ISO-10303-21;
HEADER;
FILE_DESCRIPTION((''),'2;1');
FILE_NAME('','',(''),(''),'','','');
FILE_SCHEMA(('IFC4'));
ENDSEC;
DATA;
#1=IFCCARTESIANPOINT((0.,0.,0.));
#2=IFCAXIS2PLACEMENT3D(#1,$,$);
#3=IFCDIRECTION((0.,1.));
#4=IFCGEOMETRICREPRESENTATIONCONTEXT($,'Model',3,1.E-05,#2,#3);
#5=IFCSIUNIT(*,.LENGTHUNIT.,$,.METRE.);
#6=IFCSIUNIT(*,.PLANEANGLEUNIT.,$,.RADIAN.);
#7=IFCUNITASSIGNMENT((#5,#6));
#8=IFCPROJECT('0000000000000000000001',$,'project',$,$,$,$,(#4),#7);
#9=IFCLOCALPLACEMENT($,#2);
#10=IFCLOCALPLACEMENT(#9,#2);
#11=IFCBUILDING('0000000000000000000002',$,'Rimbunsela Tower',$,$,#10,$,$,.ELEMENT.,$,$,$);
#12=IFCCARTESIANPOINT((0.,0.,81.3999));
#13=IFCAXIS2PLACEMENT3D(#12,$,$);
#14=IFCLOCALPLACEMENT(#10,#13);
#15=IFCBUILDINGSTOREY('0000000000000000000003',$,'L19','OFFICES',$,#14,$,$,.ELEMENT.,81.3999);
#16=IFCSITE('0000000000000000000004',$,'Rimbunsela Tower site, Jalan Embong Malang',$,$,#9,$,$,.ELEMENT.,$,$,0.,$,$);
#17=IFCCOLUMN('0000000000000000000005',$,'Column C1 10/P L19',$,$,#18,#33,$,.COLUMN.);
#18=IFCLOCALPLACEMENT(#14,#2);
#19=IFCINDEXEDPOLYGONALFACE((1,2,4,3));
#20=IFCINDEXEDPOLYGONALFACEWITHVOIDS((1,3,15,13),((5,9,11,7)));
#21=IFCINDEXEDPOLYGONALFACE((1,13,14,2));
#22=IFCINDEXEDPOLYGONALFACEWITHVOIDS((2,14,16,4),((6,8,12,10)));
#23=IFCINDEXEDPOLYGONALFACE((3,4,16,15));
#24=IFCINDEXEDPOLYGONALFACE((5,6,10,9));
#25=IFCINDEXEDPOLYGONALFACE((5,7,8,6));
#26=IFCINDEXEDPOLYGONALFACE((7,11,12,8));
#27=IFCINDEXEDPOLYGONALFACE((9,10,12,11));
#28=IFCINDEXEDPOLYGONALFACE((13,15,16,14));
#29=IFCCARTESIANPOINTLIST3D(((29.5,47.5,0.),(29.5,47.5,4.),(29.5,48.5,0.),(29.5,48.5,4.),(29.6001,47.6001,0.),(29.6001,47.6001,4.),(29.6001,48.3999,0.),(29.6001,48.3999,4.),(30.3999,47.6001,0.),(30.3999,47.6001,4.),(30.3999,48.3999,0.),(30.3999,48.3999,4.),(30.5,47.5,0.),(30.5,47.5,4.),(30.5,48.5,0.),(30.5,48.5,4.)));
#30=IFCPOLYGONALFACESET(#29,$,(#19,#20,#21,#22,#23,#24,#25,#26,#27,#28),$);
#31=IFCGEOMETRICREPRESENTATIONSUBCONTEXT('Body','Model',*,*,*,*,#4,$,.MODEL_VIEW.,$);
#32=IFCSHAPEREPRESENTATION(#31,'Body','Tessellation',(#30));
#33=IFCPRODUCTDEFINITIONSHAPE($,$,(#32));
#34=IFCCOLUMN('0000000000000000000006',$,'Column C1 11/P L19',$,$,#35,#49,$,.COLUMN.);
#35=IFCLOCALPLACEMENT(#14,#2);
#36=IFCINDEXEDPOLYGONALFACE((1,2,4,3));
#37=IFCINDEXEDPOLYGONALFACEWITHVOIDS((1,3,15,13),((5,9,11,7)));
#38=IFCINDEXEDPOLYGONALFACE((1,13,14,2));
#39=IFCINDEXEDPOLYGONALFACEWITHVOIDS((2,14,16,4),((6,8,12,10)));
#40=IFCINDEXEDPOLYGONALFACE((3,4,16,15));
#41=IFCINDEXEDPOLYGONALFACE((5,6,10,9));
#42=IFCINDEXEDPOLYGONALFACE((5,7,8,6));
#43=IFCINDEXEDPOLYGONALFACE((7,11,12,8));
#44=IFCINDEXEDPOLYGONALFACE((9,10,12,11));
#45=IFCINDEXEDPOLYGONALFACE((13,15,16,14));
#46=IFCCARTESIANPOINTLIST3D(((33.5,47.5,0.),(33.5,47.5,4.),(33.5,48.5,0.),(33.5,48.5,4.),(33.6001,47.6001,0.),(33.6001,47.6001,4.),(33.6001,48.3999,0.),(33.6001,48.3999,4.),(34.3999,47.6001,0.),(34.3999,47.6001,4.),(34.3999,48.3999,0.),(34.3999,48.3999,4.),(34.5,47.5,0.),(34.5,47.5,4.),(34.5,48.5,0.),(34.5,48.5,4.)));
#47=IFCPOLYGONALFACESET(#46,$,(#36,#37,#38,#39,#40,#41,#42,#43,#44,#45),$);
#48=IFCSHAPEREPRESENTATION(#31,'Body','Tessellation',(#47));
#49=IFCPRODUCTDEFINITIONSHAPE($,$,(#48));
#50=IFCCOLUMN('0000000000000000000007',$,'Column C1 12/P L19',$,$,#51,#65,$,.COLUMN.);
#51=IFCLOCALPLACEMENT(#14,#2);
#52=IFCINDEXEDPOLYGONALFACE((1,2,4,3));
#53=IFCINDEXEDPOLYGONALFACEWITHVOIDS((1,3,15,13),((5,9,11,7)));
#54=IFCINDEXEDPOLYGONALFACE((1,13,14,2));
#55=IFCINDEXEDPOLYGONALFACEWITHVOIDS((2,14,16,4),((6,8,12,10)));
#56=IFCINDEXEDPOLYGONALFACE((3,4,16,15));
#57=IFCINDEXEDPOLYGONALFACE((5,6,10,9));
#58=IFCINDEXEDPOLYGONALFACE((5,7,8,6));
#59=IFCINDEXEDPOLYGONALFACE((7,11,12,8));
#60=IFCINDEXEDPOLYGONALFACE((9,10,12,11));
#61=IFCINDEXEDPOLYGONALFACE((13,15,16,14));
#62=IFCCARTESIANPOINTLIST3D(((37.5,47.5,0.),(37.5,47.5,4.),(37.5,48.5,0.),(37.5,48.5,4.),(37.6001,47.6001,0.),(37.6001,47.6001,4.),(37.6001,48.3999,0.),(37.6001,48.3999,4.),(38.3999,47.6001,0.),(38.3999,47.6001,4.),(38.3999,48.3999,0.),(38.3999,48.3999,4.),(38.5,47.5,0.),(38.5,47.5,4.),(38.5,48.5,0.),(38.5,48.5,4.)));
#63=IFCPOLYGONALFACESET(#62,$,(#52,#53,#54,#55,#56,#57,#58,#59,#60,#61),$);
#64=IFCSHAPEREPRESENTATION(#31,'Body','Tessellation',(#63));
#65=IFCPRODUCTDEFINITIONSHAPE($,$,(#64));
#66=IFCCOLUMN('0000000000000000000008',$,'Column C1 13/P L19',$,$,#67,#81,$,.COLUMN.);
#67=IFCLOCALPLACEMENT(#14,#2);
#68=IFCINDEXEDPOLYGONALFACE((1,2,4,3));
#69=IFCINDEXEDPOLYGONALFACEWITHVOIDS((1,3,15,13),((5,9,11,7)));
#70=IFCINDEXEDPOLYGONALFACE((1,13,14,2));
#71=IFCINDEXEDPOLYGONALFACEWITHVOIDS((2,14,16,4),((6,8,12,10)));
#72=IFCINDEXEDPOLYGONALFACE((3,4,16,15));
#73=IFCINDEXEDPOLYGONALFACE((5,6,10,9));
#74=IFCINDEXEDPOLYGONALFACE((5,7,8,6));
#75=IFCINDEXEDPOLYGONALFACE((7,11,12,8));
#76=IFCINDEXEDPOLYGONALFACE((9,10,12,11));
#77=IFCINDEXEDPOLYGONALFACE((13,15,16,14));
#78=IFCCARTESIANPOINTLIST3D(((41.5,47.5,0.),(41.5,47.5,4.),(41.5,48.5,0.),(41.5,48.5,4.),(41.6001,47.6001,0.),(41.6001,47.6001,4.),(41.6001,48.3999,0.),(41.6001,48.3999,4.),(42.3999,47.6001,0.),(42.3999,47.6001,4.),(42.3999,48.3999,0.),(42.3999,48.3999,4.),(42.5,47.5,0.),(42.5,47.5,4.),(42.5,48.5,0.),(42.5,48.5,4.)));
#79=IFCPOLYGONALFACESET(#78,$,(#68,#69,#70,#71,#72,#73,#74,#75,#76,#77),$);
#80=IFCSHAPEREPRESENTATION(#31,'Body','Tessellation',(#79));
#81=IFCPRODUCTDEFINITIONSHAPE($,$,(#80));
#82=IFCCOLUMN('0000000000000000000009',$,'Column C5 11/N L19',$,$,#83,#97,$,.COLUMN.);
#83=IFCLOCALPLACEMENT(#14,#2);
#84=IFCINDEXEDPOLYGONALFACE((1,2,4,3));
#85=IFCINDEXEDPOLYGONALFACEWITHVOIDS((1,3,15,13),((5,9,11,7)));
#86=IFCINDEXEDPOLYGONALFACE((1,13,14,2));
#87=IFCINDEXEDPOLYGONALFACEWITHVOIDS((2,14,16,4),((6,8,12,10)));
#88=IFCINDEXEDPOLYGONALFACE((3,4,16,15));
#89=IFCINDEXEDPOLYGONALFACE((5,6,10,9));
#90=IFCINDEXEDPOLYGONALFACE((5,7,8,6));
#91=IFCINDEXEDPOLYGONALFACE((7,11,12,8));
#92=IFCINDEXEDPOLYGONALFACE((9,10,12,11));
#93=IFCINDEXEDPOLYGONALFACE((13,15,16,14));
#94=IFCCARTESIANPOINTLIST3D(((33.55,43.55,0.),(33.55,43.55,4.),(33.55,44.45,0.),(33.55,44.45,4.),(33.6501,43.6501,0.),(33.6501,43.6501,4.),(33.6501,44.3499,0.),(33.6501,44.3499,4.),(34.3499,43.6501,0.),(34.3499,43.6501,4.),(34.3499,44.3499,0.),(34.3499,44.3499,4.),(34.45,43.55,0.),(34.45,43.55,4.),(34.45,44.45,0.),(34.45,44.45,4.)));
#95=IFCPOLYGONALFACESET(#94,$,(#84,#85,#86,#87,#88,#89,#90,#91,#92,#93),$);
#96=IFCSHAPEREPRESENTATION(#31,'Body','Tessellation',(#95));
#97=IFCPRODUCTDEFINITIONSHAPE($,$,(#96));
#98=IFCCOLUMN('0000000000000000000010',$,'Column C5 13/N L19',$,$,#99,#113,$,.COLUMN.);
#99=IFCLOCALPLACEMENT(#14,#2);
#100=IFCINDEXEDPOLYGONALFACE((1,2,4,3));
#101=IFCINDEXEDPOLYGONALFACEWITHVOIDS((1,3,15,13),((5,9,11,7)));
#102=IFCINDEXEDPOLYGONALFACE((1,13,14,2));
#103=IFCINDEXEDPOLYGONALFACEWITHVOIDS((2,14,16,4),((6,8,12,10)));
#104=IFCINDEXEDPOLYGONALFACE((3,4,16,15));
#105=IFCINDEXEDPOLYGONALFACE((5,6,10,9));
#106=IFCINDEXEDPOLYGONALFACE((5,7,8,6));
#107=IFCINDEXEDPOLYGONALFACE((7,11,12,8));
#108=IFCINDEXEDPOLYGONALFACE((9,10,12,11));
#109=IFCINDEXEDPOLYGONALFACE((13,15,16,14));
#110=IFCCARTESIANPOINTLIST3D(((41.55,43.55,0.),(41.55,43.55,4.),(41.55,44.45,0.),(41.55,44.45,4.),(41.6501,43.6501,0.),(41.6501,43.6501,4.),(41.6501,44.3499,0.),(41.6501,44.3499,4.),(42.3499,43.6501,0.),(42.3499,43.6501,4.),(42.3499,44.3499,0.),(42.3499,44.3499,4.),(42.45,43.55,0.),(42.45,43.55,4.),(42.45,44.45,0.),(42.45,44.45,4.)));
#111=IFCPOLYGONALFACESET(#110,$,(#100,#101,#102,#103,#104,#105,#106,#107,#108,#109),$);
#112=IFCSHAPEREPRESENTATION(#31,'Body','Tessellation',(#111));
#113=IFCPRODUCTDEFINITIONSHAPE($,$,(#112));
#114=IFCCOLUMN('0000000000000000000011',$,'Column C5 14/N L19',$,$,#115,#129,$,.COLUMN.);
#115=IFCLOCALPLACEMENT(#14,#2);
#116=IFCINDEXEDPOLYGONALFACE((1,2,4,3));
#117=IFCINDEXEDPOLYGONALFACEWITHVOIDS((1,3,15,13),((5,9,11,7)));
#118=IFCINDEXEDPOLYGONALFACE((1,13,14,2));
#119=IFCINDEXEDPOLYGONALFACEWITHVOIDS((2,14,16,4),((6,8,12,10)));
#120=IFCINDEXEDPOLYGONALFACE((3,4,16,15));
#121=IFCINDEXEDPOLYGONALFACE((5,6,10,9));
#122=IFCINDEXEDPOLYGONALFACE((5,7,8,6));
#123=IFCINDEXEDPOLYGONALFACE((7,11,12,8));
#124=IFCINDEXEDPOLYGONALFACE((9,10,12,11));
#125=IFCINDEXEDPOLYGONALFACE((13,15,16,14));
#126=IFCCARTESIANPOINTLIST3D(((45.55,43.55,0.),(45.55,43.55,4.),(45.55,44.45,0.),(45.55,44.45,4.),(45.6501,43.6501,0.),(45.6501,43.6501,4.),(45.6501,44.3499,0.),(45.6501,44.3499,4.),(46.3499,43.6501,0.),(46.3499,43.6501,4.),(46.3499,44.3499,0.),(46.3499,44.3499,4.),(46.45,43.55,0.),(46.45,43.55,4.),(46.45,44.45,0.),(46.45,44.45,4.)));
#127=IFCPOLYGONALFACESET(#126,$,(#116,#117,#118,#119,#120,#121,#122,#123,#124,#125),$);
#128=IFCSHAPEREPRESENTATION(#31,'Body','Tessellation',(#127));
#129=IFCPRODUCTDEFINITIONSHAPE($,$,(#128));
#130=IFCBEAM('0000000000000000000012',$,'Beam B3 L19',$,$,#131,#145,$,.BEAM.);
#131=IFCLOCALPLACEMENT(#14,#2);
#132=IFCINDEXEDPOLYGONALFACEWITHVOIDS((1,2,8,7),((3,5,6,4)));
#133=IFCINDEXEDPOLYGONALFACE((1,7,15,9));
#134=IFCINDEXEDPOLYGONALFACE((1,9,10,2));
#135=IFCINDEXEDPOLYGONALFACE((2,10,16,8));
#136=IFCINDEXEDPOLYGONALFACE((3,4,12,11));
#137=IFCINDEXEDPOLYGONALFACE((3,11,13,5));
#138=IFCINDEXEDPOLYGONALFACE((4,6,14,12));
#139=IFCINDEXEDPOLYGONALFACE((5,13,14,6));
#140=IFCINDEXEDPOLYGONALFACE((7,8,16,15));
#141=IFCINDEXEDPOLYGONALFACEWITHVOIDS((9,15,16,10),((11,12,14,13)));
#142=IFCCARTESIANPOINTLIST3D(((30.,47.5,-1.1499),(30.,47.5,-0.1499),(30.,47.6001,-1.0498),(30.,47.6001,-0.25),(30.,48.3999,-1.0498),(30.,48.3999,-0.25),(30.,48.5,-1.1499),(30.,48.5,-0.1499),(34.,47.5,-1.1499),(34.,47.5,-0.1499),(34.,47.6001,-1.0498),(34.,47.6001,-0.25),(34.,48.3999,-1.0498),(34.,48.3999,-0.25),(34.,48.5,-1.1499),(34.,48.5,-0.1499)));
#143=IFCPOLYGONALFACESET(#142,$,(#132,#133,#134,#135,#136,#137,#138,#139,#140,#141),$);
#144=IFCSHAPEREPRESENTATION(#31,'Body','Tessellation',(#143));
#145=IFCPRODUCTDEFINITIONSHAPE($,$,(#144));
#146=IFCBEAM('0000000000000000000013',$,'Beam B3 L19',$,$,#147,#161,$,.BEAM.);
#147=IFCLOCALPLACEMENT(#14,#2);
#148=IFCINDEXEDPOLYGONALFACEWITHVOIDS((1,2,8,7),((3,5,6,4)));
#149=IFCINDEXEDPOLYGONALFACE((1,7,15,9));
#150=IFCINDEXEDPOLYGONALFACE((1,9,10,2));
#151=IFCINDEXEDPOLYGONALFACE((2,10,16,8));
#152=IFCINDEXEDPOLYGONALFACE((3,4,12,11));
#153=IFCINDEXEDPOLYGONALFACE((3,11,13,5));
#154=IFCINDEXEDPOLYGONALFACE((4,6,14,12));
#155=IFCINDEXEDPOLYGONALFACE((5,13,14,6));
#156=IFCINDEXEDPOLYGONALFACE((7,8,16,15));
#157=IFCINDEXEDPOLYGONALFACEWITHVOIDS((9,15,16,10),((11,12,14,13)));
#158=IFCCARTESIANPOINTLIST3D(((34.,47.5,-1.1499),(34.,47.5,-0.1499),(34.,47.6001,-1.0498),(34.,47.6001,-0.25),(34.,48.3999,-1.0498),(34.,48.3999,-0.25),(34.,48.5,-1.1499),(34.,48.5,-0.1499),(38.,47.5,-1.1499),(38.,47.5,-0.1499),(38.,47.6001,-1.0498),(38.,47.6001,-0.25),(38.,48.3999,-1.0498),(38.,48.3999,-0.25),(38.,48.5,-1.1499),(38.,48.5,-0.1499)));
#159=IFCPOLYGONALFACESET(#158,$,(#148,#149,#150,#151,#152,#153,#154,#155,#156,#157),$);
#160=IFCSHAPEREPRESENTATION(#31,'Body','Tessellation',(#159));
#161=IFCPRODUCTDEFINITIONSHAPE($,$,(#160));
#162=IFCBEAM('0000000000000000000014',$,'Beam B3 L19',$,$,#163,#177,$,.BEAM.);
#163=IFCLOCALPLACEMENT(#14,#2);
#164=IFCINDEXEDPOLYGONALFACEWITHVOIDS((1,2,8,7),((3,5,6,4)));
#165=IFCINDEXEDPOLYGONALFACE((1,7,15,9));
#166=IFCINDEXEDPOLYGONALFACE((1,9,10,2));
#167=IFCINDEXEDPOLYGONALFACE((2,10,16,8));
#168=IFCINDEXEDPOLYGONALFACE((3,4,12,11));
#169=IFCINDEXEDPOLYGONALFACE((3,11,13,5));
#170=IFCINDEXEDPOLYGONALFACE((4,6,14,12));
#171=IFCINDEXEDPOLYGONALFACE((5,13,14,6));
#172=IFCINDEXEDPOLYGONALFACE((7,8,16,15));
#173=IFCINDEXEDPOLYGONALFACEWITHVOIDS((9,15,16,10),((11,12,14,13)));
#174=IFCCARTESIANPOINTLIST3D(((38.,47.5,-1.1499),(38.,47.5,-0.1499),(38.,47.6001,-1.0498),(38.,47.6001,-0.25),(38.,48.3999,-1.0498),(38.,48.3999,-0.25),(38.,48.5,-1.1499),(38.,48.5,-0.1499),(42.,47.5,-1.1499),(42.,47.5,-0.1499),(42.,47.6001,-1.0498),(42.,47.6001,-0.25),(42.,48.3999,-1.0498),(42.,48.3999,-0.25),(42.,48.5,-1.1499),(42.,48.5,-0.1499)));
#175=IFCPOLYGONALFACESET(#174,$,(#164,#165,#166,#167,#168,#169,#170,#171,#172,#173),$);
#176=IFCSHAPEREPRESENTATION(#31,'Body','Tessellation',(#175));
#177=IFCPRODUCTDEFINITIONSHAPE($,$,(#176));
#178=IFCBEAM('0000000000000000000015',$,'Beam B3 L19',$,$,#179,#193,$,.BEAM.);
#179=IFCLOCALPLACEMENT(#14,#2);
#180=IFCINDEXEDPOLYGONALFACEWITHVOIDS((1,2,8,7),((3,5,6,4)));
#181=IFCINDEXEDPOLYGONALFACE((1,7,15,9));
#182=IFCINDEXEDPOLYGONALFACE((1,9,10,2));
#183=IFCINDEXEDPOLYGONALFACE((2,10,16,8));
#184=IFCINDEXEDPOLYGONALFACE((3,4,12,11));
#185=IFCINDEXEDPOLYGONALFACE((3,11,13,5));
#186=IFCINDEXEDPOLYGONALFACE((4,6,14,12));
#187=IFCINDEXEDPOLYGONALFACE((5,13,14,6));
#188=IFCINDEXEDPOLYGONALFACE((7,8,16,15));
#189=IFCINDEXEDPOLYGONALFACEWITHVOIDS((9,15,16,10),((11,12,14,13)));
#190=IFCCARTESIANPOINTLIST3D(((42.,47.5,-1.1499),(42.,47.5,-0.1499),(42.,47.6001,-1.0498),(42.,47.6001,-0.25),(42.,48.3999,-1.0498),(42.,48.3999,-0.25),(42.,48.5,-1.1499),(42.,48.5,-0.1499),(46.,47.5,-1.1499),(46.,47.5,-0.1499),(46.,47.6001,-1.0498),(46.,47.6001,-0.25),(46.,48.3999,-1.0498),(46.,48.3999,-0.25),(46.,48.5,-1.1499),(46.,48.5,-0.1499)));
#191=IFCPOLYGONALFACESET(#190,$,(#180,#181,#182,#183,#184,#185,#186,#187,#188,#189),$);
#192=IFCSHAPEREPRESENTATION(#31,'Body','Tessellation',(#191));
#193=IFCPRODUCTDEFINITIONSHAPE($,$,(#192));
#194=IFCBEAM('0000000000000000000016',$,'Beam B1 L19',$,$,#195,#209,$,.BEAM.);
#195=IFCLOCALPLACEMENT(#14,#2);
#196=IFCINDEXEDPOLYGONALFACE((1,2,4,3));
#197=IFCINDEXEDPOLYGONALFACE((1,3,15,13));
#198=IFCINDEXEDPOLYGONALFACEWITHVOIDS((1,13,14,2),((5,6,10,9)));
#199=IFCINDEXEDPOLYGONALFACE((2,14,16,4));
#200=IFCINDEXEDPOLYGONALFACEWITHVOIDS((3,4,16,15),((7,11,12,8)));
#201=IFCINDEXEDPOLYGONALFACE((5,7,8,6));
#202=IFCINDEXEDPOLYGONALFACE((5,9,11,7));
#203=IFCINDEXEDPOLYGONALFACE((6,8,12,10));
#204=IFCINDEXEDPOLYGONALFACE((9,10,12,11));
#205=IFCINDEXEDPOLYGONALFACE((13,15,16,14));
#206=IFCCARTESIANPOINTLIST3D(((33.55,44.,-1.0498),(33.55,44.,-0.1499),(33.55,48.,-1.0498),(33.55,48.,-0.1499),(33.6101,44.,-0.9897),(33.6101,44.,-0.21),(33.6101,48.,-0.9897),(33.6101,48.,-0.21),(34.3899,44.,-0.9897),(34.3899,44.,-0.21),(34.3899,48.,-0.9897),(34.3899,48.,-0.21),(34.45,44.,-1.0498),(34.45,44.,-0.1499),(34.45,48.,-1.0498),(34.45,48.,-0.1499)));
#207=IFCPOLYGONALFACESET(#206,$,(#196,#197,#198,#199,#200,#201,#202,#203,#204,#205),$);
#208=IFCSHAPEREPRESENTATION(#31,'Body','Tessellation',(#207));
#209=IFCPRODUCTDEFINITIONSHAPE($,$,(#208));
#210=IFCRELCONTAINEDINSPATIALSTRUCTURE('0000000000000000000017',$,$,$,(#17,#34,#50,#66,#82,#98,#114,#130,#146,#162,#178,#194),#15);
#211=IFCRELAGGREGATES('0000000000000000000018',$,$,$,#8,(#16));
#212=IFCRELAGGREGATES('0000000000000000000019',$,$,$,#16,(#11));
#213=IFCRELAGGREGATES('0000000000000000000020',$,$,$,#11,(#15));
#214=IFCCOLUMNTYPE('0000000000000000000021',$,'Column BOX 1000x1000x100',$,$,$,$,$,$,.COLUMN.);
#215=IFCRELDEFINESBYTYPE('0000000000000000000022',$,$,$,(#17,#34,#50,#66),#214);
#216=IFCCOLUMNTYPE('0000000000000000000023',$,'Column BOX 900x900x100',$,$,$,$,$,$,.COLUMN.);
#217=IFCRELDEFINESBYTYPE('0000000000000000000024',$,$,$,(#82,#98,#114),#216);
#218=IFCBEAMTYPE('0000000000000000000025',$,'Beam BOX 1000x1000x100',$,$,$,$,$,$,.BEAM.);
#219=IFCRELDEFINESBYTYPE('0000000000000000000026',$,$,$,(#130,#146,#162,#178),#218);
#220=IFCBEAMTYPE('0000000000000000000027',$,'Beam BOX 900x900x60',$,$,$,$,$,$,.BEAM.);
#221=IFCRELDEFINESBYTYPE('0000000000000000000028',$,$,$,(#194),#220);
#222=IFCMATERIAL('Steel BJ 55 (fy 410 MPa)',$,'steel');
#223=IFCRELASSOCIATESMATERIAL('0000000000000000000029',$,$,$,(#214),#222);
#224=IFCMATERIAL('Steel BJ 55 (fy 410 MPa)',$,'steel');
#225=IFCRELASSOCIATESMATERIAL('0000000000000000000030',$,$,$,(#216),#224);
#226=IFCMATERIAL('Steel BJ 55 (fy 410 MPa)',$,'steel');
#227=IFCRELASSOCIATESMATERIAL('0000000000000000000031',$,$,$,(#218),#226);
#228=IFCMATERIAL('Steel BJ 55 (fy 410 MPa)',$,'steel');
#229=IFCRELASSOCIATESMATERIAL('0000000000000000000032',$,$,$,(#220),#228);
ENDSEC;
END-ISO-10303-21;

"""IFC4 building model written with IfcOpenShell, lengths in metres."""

from ifc_helpers import new_model, si_unit, direction, frame, origin, origin_2d, place, context, subcontext, project, spatial, hollow_rectangle, extrude, material, material_profile, profile_set, type_object, element, save


model = new_model("IFC4")

# Units and contexts
model_context = context("Model", 3, precision=1e-05, world=origin(), true_north=direction((0.0, 1.0)))
body_context = subcontext(model_context, "Body", "Model", "MODEL_VIEW")
ifc_project = project(units=[si_unit("LENGTHUNIT", "METRE"), si_unit("PLANEANGLEUNIT", "RADIAN")], contexts=[model_context])

# Site, building, storey
site_placement = place(None, origin())
site = spatial("IfcSite", under=ifc_project, at=site_placement, Name="Rimbunsela Tower site, Jalan Embong Malang", CompositionType="ELEMENT", RefElevation=0.0)
building_placement = place(site_placement, origin())
building = spatial("IfcBuilding", under=site, at=building_placement, Name="Rimbunsela Tower", CompositionType="ELEMENT")
storey_placement = place(building_placement, frame((0.0, 0.0, 81.3999)))
storey = spatial("IfcBuildingStorey", under=building, at=storey_placement, Name="L19", Description="OFFICES", CompositionType="ELEMENT", Elevation=81.3999)

# Columns
ifc_material_1 = material(Name="Steel BJ 55 (fy 410 MPa)", Category="steel")
ifc_material_profile_1 = material_profile(ifc_material_1, hollow_rectangle(XDim=1.0, YDim=1.0, WallThickness=0.1001, at=origin_2d()), Name="BOX 1000x1000x100")
ifc_profile_set_1 = profile_set([ifc_material_profile_1], Name="Steel BJ 55 (fy 410 MPa)")
column_type_1 = type_object("IfcColumnType", Name="Column BOX 1000x1000x100", PredefinedType="COLUMN", material=ifc_profile_set_1)
for number, where, z_axis, x_axis, name in (
    (1, (30.0, 48.0, 0.0), (0.0, 0.0, 1.0), (1.0, 0.0, 0.0), "Column C1 10/P L19"),
    (2, (34.0, 48.0, 0.0), (0.0, 0.0, 1.0), (1.0, 0.0, 0.0), "Column C1 11/P L19"),
    (3, (38.0, 48.0, 0.0), (0.0, 0.0, 1.0), (1.0, 0.0, 0.0), "Column C1 12/P L19"),
    (4, (42.0, 48.0, 0.0), (0.0, 0.0, 1.0), (1.0, 0.0, 0.0), "Column C1 13/P L19"),
):
    element("IfcColumn", number, at=place(storey_placement, frame(where, z_axis=z_axis, x_axis=x_axis)), inside=storey, type_object=column_type_1, Name=name, PredefinedType="COLUMN", context=body_context, shape_type="SweptSolid", body=[
        extrude(hollow_rectangle(XDim=1.0, YDim=1.0, WallThickness=0.1001, at=origin_2d()), origin(), (0.0, 0.0, 1.0), 4.0),
    ])
ifc_material_2 = material(Name="Steel BJ 55 (fy 410 MPa)", Category="steel")
ifc_material_profile_2 = material_profile(ifc_material_2, hollow_rectangle(XDim=0.8999, YDim=0.8999, WallThickness=0.1001, at=origin_2d()), Name="BOX 900x900x100")
ifc_profile_set_2 = profile_set([ifc_material_profile_2], Name="Steel BJ 55 (fy 410 MPa)")
column_type_2 = type_object("IfcColumnType", Name="Column BOX 900x900x100", PredefinedType="COLUMN", material=ifc_profile_set_2)
for number, where, z_axis, x_axis, name in (
    (5, (34.0, 44.0, 0.0), (0.0, 0.0, 1.0), (1.0, 0.0, 0.0), "Column C5 11/N L19"),
    (6, (42.0, 44.0, 0.0), (0.0, 0.0, 1.0), (1.0, 0.0, 0.0), "Column C5 13/N L19"),
    (7, (46.0, 44.0, 0.0), (0.0, 0.0, 1.0), (1.0, 0.0, 0.0), "Column C5 14/N L19"),
):
    element("IfcColumn", number, at=place(storey_placement, frame(where, z_axis=z_axis, x_axis=x_axis)), inside=storey, type_object=column_type_2, Name=name, PredefinedType="COLUMN", context=body_context, shape_type="SweptSolid", body=[
        extrude(hollow_rectangle(XDim=0.8999, YDim=0.8999, WallThickness=0.1001, at=origin_2d()), origin(), (0.0, 0.0, 1.0), 4.0),
    ])

# Beams
ifc_material_3 = material(Name="Steel BJ 55 (fy 410 MPa)", Category="steel")
ifc_material_profile_3 = material_profile(ifc_material_3, hollow_rectangle(XDim=1.0, YDim=1.0, WallThickness=0.1001, at=origin_2d()), Name="BOX 1000x1000x100")
ifc_profile_set_3 = profile_set([ifc_material_profile_3], Name="Steel BJ 55 (fy 410 MPa)")
beam_type_1 = type_object("IfcBeamType", Name="Beam BOX 1000x1000x100", PredefinedType="BEAM", material=ifc_profile_set_3)
for number, where, z_axis, x_axis, name in (
    (8, (30.0, 48.0, -0.6499), (1.0, 0.0, 0.0), (0.0, 1.0, 0.0), "Beam B3 L19"),
    (9, (34.0, 48.0, -0.6499), (1.0, 0.0, 0.0), (0.0, 1.0, 0.0), "Beam B3 L19"),
    (10, (38.0, 48.0, -0.6499), (1.0, 0.0, 0.0), (0.0, 1.0, 0.0), "Beam B3 L19"),
    (11, (42.0, 48.0, -0.6499), (1.0, 0.0, 0.0), (0.0, 1.0, 0.0), "Beam B3 L19"),
):
    element("IfcBeam", number, at=place(storey_placement, frame(where, z_axis=z_axis, x_axis=x_axis)), inside=storey, type_object=beam_type_1, Name=name, PredefinedType="BEAM", context=body_context, shape_type="SweptSolid", body=[
        extrude(hollow_rectangle(XDim=1.0, YDim=1.0, WallThickness=0.1001, at=origin_2d()), origin(), (0.0, 0.0, 1.0), 4.0),
    ])
ifc_material_4 = material(Name="Steel BJ 55 (fy 410 MPa)", Category="steel")
ifc_material_profile_4 = material_profile(ifc_material_4, hollow_rectangle(XDim=0.8999, YDim=0.8999, WallThickness=0.0601, at=origin_2d()), Name="BOX 900x900x60")
ifc_profile_set_4 = profile_set([ifc_material_profile_4], Name="Steel BJ 55 (fy 410 MPa)")
beam_type_2 = type_object("IfcBeamType", Name="Beam BOX 900x900x60", PredefinedType="BEAM", material=ifc_profile_set_4)
for number, where, z_axis, x_axis, name in (
    (12, (34.0, 44.0, -0.5999), (0.0, 1.0, 0.0), (-1.0, 0.0, 0.0), "Beam B1 L19"),
):
    element("IfcBeam", number, at=place(storey_placement, frame(where, z_axis=z_axis, x_axis=x_axis)), inside=storey, type_object=beam_type_2, Name=name, PredefinedType="BEAM", context=body_context, shape_type="SweptSolid", body=[
        extrude(hollow_rectangle(XDim=0.8999, YDim=0.8999, WallThickness=0.0601, at=origin_2d()), origin(), (0.0, 0.0, 1.0), 4.0),
    ])

save(model, "model.ifc")
